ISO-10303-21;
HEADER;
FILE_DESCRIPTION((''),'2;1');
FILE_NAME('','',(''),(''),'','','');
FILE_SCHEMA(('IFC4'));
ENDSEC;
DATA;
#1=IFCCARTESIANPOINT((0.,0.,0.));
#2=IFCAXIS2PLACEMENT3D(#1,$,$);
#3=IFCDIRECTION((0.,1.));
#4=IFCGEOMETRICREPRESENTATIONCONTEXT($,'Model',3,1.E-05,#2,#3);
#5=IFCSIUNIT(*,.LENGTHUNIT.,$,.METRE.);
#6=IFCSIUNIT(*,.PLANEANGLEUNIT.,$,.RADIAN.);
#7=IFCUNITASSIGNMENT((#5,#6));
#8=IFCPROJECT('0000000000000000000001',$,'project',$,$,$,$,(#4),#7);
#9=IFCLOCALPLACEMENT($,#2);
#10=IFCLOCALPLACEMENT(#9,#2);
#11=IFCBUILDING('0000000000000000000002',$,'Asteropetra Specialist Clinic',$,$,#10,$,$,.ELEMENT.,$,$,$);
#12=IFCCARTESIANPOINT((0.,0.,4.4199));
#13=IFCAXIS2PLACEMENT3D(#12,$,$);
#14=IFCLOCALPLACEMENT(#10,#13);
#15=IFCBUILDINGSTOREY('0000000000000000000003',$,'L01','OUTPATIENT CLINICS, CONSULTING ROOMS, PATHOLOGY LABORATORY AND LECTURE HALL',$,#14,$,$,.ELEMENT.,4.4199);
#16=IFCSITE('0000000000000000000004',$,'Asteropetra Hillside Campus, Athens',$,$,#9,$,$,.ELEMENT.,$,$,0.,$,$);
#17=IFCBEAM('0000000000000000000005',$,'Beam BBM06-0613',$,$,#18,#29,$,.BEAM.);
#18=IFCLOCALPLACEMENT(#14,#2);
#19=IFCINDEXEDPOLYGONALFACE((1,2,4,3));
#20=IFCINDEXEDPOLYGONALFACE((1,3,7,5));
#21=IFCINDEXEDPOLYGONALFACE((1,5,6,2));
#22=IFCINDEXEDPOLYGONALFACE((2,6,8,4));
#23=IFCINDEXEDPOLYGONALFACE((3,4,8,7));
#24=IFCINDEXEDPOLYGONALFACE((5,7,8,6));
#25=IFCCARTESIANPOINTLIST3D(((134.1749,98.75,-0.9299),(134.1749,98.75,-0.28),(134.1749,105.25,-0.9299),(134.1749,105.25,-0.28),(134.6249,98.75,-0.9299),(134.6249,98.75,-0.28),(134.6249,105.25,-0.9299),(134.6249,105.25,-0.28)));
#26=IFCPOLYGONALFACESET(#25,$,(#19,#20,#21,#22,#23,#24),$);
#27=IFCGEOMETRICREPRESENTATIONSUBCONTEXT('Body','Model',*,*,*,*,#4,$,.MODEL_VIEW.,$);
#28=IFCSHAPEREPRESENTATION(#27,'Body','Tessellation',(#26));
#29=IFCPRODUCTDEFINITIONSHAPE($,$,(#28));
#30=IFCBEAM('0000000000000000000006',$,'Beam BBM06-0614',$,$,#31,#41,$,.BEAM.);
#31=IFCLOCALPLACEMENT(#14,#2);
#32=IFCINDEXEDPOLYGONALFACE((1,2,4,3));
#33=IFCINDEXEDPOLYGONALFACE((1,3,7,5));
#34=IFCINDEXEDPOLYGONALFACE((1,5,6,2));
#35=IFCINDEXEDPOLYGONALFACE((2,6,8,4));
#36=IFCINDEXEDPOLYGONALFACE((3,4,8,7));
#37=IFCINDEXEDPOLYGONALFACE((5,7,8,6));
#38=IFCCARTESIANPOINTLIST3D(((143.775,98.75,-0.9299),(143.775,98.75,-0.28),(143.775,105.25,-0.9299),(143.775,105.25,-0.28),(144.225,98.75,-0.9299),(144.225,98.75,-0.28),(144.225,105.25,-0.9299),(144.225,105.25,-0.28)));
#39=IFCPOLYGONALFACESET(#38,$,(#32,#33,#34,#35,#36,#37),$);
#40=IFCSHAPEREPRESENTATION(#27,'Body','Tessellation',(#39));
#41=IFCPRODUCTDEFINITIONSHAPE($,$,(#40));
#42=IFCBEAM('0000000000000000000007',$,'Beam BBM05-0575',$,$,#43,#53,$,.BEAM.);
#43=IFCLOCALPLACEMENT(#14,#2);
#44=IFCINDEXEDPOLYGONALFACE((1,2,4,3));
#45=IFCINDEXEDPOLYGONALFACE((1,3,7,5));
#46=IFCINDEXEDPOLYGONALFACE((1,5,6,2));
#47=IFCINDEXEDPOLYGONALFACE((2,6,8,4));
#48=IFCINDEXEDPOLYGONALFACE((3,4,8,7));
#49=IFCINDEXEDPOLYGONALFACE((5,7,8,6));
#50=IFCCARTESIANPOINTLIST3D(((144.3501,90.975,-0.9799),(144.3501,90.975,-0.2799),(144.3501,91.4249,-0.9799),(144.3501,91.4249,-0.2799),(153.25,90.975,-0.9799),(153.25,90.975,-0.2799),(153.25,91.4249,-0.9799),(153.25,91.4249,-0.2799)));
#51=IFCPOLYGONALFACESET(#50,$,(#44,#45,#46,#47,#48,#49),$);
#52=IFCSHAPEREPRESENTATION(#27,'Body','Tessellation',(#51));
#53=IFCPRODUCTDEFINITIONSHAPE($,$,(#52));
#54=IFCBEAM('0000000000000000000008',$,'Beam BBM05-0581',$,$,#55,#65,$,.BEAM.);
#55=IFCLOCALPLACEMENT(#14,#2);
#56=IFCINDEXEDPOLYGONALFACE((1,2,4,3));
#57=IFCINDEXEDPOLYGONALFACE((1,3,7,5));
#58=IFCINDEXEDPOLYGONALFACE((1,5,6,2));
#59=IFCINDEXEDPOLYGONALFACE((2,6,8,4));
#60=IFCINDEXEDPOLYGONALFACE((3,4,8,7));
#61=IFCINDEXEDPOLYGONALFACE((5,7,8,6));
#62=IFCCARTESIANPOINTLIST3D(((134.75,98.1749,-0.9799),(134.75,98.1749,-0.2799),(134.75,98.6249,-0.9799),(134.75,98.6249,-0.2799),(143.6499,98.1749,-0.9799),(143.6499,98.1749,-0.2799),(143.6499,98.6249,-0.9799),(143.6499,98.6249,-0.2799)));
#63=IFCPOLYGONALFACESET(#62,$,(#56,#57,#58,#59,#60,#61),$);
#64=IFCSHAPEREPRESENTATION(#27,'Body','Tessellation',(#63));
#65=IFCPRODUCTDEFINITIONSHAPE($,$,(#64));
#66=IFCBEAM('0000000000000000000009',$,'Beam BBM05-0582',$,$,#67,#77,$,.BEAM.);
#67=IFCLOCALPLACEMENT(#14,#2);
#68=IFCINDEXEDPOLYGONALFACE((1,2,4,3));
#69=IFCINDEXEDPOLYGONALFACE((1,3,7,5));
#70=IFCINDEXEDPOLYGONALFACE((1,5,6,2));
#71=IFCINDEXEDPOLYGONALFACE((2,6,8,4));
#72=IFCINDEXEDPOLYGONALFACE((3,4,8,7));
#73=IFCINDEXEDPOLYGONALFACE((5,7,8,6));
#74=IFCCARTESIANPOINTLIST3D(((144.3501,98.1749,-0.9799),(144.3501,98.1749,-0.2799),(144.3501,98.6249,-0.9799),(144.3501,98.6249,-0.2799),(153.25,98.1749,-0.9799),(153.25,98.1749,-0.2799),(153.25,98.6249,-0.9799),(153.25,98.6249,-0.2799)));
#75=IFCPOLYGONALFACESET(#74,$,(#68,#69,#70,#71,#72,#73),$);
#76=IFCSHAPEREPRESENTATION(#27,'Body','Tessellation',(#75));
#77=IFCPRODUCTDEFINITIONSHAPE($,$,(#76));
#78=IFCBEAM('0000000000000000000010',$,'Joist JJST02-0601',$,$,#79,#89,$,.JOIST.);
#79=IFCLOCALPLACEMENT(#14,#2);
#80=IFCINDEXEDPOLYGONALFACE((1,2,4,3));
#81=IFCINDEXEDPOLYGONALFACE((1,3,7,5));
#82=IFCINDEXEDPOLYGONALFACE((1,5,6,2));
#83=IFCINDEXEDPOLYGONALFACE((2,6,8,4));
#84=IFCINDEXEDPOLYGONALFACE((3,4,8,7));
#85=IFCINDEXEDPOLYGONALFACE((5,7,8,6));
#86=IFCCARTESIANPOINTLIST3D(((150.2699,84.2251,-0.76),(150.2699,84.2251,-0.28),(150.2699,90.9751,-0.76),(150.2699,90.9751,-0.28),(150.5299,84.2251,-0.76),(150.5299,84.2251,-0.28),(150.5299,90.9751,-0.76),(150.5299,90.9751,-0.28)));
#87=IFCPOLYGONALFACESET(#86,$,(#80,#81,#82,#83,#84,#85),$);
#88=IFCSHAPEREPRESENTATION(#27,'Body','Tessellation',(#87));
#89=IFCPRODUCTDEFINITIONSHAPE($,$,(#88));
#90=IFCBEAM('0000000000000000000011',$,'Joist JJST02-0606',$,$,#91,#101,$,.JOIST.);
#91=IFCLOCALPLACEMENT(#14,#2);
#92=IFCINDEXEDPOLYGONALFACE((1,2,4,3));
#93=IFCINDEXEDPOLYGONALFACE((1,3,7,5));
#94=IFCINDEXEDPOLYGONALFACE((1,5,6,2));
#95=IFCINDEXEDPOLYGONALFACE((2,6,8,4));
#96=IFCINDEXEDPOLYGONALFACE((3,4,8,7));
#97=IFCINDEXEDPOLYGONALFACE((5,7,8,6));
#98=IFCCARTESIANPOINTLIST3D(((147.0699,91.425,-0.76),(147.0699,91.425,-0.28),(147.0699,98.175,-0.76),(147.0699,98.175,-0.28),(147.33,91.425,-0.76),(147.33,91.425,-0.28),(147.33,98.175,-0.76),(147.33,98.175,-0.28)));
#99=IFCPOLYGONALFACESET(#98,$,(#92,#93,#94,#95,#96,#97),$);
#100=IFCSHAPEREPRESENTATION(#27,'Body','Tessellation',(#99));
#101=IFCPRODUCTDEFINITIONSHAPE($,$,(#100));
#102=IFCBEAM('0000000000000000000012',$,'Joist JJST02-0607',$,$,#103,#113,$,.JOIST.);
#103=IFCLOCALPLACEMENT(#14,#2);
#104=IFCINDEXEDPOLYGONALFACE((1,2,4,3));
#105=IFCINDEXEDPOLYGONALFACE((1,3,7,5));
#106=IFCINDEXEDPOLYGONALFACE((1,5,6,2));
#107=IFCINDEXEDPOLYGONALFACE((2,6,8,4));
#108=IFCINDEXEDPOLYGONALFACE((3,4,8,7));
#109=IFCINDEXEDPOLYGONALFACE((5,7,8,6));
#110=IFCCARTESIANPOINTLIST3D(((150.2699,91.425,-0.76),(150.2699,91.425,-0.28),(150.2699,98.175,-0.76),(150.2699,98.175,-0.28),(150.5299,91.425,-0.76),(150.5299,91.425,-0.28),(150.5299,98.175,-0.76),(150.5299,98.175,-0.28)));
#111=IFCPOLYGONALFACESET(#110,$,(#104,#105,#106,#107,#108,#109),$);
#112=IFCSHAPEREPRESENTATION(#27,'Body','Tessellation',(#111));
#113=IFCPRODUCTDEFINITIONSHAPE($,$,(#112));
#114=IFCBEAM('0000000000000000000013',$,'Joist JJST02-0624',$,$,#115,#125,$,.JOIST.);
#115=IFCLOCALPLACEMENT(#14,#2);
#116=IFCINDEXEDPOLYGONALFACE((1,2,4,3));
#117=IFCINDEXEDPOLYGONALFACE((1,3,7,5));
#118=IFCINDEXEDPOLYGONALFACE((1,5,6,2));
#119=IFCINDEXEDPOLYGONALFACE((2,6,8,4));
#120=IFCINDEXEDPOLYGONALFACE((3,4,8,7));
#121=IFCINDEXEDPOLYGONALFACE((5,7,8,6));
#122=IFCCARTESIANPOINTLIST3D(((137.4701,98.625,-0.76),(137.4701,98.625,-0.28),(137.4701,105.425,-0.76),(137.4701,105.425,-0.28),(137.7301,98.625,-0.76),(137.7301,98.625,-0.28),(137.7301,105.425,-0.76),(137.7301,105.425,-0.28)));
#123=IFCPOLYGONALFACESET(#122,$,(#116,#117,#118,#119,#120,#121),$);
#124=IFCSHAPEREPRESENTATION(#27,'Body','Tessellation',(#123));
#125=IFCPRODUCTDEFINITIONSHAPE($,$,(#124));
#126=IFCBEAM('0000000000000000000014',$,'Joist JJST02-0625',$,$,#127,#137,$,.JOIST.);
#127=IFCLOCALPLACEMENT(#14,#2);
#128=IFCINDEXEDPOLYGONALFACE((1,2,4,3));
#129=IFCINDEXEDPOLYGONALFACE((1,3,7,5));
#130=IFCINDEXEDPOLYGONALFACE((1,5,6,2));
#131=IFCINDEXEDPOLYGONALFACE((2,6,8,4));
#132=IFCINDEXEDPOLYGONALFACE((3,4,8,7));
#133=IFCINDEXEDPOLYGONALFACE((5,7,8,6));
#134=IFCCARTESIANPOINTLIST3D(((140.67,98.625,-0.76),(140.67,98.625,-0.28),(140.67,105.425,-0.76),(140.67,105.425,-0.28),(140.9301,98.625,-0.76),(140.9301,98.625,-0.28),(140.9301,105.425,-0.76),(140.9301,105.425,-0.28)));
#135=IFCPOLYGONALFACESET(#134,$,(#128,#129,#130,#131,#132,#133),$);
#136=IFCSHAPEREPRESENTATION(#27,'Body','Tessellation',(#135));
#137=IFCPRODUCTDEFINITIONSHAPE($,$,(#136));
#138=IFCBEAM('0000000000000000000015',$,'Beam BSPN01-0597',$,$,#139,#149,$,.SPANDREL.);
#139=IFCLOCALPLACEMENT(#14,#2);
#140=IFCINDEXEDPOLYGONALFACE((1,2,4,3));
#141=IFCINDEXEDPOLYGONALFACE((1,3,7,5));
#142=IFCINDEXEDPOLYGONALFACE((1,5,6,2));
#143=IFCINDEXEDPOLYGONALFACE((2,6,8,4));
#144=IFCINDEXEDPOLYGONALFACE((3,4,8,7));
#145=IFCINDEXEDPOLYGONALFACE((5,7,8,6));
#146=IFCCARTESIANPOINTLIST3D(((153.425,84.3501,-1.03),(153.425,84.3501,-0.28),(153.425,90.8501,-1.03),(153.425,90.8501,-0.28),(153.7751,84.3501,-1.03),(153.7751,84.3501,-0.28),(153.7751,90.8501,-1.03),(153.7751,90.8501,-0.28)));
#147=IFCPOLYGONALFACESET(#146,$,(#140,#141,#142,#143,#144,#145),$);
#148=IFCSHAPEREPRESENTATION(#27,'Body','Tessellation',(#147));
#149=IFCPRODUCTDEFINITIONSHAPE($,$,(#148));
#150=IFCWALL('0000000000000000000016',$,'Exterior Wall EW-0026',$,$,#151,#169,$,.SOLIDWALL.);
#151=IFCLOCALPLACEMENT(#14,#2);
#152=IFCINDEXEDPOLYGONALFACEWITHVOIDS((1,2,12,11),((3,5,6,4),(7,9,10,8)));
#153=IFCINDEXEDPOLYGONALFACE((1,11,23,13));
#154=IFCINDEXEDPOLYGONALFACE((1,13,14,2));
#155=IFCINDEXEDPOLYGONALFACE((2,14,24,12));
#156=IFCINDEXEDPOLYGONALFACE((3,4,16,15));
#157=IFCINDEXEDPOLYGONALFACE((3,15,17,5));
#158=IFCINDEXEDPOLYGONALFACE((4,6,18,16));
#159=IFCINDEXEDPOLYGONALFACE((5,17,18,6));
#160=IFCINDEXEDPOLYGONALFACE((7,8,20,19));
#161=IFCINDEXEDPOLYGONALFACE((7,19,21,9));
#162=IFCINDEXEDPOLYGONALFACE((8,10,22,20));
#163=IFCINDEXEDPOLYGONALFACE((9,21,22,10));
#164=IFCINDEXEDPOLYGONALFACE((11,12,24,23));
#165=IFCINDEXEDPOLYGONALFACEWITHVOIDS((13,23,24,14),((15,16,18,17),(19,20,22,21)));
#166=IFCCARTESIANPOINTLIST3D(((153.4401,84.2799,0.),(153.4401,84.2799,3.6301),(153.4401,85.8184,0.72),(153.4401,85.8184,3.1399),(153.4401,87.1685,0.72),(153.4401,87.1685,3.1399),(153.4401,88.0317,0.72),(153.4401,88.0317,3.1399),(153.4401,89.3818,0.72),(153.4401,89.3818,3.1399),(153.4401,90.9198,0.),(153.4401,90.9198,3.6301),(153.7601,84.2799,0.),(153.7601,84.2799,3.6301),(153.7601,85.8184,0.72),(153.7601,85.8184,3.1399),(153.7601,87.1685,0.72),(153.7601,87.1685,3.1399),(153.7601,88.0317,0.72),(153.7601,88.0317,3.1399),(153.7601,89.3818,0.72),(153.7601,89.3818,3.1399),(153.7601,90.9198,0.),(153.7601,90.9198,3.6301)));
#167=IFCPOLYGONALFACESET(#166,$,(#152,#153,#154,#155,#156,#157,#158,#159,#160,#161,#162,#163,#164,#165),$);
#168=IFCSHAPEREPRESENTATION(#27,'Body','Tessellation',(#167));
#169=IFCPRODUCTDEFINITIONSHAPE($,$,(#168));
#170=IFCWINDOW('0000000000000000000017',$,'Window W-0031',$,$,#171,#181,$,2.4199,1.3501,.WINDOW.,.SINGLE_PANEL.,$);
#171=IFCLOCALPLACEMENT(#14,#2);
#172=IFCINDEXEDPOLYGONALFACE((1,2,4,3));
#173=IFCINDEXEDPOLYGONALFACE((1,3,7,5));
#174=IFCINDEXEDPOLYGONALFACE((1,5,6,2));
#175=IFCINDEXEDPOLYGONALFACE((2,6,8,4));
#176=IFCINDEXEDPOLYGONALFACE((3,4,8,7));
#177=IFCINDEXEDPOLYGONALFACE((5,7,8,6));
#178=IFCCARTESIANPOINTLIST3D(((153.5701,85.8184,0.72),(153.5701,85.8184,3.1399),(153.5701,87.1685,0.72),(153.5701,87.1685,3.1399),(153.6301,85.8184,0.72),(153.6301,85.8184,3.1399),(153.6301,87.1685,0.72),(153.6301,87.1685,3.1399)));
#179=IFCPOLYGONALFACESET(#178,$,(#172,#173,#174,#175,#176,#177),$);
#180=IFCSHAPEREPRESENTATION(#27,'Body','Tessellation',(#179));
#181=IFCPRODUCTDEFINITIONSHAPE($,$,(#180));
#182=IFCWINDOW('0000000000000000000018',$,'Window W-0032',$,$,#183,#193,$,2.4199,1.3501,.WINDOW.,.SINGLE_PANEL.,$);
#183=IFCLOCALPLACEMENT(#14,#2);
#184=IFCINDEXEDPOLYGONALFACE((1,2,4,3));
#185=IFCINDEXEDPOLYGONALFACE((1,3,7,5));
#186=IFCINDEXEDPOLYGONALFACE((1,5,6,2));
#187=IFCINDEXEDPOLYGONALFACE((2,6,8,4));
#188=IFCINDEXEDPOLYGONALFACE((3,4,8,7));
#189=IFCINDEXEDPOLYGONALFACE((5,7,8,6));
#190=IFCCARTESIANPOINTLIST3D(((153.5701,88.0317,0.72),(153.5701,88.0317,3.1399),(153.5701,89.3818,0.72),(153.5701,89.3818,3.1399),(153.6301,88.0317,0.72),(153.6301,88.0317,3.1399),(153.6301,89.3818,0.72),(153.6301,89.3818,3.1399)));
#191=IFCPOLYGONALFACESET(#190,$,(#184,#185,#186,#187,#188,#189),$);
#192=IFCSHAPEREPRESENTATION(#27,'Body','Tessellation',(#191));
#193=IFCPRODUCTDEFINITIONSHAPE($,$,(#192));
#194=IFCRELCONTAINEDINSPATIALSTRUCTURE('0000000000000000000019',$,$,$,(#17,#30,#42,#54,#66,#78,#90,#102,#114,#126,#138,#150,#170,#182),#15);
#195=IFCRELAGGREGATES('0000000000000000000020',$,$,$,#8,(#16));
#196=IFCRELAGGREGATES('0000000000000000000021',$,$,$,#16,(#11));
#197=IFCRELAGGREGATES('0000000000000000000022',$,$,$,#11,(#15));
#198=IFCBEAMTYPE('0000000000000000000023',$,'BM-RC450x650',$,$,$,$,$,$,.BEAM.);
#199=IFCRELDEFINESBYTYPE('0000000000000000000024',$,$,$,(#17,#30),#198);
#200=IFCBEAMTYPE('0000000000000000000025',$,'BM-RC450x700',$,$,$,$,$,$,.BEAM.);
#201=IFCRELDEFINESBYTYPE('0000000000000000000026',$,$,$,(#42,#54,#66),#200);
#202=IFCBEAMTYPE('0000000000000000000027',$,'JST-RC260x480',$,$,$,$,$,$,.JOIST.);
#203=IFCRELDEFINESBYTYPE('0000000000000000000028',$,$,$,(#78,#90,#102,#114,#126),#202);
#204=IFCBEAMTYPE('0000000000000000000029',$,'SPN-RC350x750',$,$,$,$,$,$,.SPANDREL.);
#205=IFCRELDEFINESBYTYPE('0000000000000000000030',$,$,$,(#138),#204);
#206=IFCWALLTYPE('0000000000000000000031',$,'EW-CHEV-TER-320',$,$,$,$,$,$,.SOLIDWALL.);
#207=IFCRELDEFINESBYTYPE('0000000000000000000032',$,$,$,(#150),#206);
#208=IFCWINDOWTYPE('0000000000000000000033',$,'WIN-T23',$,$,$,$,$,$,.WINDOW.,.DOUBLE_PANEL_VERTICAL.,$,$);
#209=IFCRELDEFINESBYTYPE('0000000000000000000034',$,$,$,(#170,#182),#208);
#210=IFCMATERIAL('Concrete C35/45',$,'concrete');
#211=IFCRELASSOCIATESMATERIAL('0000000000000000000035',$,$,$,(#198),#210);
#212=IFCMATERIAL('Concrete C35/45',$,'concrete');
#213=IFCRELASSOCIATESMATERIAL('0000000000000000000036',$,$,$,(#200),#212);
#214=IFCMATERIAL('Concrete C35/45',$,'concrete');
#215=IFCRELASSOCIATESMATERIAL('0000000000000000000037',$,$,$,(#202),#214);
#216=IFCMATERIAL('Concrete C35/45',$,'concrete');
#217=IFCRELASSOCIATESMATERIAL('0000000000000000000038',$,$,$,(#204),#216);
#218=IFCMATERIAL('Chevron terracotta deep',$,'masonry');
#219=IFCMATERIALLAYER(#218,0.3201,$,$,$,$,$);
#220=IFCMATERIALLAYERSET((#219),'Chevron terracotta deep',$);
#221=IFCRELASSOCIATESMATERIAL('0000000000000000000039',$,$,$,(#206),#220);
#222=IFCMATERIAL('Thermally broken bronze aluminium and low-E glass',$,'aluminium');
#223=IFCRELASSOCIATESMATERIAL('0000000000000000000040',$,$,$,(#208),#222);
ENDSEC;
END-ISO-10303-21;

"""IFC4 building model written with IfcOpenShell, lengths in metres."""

from ifc_helpers import new_model, si_unit, direction, frame, frame_2d, origin, origin_2d, place, context, subcontext, project, spatial, rectangle, extrude, material, layer, layer_set, material_profile, profile_set, type_object, element, fill, save


model = new_model("IFC4")

# Units and contexts
model_context = context("Model", 3, precision=1e-05, world=origin(), true_north=direction((0.0, 1.0)))
body_context = subcontext(model_context, "Body", "Model", "MODEL_VIEW")
ifc_project = project(units=[si_unit("LENGTHUNIT", "METRE"), si_unit("PLANEANGLEUNIT", "RADIAN")], contexts=[model_context])

# Site, building, storey
site_placement = place(None, origin())
site = spatial("IfcSite", under=ifc_project, at=site_placement, Name="Asteropetra Hillside Campus, Athens", CompositionType="ELEMENT", RefElevation=0.0)
building_placement = place(site_placement, origin())
building = spatial("IfcBuilding", under=site, at=building_placement, Name="Asteropetra Specialist Clinic", CompositionType="ELEMENT")
storey_placement = place(building_placement, frame((0.0, 0.0, 4.4199)))
storey = spatial("IfcBuildingStorey", under=building, at=storey_placement, Name="L01", Description="OUTPATIENT CLINICS, CONSULTING ROOMS, PATHOLOGY LABORATORY AND LECTURE HALL", CompositionType="ELEMENT", Elevation=4.4199)

# Beams
ifc_material_1 = material(Name="Concrete C35/45", Category="concrete")
ifc_material_profile_1 = material_profile(ifc_material_1, rectangle(XDim=0.45, YDim=0.6499, at=origin_2d()), Name="RCB 450x650")
ifc_profile_set_1 = profile_set([ifc_material_profile_1], Name="Concrete C35/45")
beam_type_1 = type_object("IfcBeamType", Name="BM-RC450x650", PredefinedType="BEAM", material=ifc_profile_set_1)
for number, where, z_axis, x_axis, name in (
    (1, (134.3999, 98.75, -0.605), (0.0, 1.0, 0.0), (-1.0, 0.0, 0.0), "Beam BBM06-0613"),
    (2, (144.0, 98.75, -0.605), (0.0, 1.0, 0.0), (-1.0, 0.0, 0.0), "Beam BBM06-0614"),
):
    element("IfcBeam", number, at=place(storey_placement, frame(where, z_axis=z_axis, x_axis=x_axis)), inside=storey, type_object=beam_type_1, Name=name, PredefinedType="BEAM", context=body_context, shape_type="SweptSolid", body=[
        extrude(rectangle(XDim=0.45, YDim=0.6499, at=origin_2d()), origin(), (0.0, 0.0, 1.0), 6.5),
    ])
ifc_material_2 = material(Name="Concrete C35/45", Category="concrete")
ifc_material_profile_2 = material_profile(ifc_material_2, rectangle(XDim=0.45, YDim=0.7, at=origin_2d()), Name="RCB 450x700")
ifc_profile_set_2 = profile_set([ifc_material_profile_2], Name="Concrete C35/45")
beam_type_2 = type_object("IfcBeamType", Name="BM-RC450x700", PredefinedType="BEAM", material=ifc_profile_set_2)
for number, where, z_axis, x_axis, name in (
    (3, (144.3501, 91.2, -0.6299), (1.0, 0.0, 0.0), (0.0, 1.0, 0.0), "Beam BBM05-0575"),
    (4, (134.75, 98.3999, -0.6299), (1.0, 0.0, 0.0), (0.0, 1.0, 0.0), "Beam BBM05-0581"),
    (5, (144.3501, 98.3999, -0.6299), (1.0, 0.0, 0.0), (0.0, 1.0, 0.0), "Beam BBM05-0582"),
):
    element("IfcBeam", number, at=place(storey_placement, frame(where, z_axis=z_axis, x_axis=x_axis)), inside=storey, type_object=beam_type_2, Name=name, PredefinedType="BEAM", context=body_context, shape_type="SweptSolid", body=[
        extrude(rectangle(XDim=0.45, YDim=0.7, at=origin_2d()), origin(), (0.0, 0.0, 1.0), 8.8999),
    ])
ifc_material_3 = material(Name="Concrete C35/45", Category="concrete")
ifc_material_profile_3 = material_profile(ifc_material_3, rectangle(XDim=0.26, YDim=0.48, at=origin_2d()), Name="RCJ 260x480")
ifc_profile_set_3 = profile_set([ifc_material_profile_3], Name="Concrete C35/45")
beam_type_3 = type_object("IfcBeamType", Name="JST-RC260x480", PredefinedType="JOIST", material=ifc_profile_set_3)
for number, where, z_axis, x_axis, name in (
    (6, (150.3999, 84.2251, -0.52), (0.0, 1.0, 0.0), (-1.0, 0.0, 0.0), "Joist JJST02-0601"),
    (7, (147.2, 91.425, -0.52), (0.0, 1.0, 0.0), (-1.0, 0.0, 0.0), "Joist JJST02-0606"),
    (8, (150.3999, 91.425, -0.52), (0.0, 1.0, 0.0), (-1.0, 0.0, 0.0), "Joist JJST02-0607"),
):
    element("IfcBeam", number, at=place(storey_placement, frame(where, z_axis=z_axis, x_axis=x_axis)), inside=storey, type_object=beam_type_3, Name=name, PredefinedType="JOIST", context=body_context, shape_type="SweptSolid", body=[
        extrude(rectangle(XDim=0.26, YDim=0.48, at=origin_2d()), origin(), (0.0, 0.0, 1.0), 6.75),
    ])
for number, where, z_axis, x_axis, name in (
    (9, (137.6001, 98.625, -0.52), (0.0, 1.0, 0.0), (-1.0, 0.0, 0.0), "Joist JJST02-0624"),
    (10, (140.8, 98.625, -0.52), (0.0, 1.0, 0.0), (-1.0, 0.0, 0.0), "Joist JJST02-0625"),
):
    element("IfcBeam", number, at=place(storey_placement, frame(where, z_axis=z_axis, x_axis=x_axis)), inside=storey, type_object=beam_type_3, Name=name, PredefinedType="JOIST", context=body_context, shape_type="SweptSolid", body=[
        extrude(rectangle(XDim=0.26, YDim=0.48, at=origin_2d()), origin(), (0.0, 0.0, 1.0), 6.8),
    ])
ifc_material_4 = material(Name="Concrete C35/45", Category="concrete")
ifc_material_profile_4 = material_profile(ifc_material_4, rectangle(XDim=0.3501, YDim=0.75, at=origin_2d()), Name="RCS 350x750")
ifc_profile_set_4 = profile_set([ifc_material_profile_4], Name="Concrete C35/45")
beam_type_4 = type_object("IfcBeamType", Name="SPN-RC350x750", PredefinedType="SPANDREL", material=ifc_profile_set_4)
beam_placement = place(storey_placement, frame((153.6001, 84.3501, -0.655), z_axis=(0.0, 1.0, 0.0), x_axis=(-1.0, 0.0, 0.0)))
element("IfcBeam", 11, at=beam_placement, inside=storey, type_object=beam_type_4, Name="Beam BSPN01-0597", PredefinedType="SPANDREL", context=body_context, shape_type="SweptSolid", body=[
    extrude(rectangle(XDim=0.3501, YDim=0.75, at=origin_2d()), origin(), (0.0, 0.0, 1.0), 6.5),
])

# Wall, openings, windows
ifc_material_5 = material(Name="Chevron terracotta deep", Category="masonry")
ifc_layer_1 = layer(ifc_material_5, 0.3201)
ifc_layer_set_1 = layer_set([ifc_layer_1], Name="Chevron terracotta deep")
wall_type_1 = type_object("IfcWallType", Name="EW-CHEV-TER-320", PredefinedType="SOLIDWALL", material=ifc_layer_set_1)
wall_1_placement = place(storey_placement, frame((153.6001, 84.28, 0.0), z_axis=(0.0, 0.0, 1.0), x_axis=(0.0, 1.0, 0.0)))
wall_1 = element("IfcWall", 12, at=wall_1_placement, inside=storey, type_object=wall_type_1, Name="Exterior Wall EW-0026", PredefinedType="SOLIDWALL", context=body_context, shape_type="SweptSolid", body=[
    extrude(rectangle(XDim=6.6399, YDim=0.3201, at=frame_2d((3.3198, 0.0))), origin(), (0.0, 0.0, 1.0), 3.6301),
])
opening_1_placement = place(wall_1_placement, frame((1.5383, 0.0, 0.72)))
opening_1 = element("IfcOpeningElement", 13, at=opening_1_placement, cuts=wall_1, PredefinedType="OPENING", context=body_context, shape_type="SweptSolid", body=[
    extrude(rectangle(XDim=1.3501, YDim=2.4199, at=frame_2d((0.675, 1.21))), frame((0.0, 0.1699, 0.0), z_axis=(0.0, -1.0, 0.0), x_axis=(1.0, 0.0, 0.0)), (0.0, 0.0, 1.0), 0.3401),
])
opening_2_placement = place(wall_1_placement, frame((3.7517, 0.0, 0.72)))
opening_2 = element("IfcOpeningElement", 14, at=opening_2_placement, cuts=wall_1, PredefinedType="OPENING", context=body_context, shape_type="SweptSolid", body=[
    extrude(rectangle(XDim=1.3501, YDim=2.4199, at=frame_2d((0.675, 1.21))), frame((0.0, 0.1699, 0.0), z_axis=(0.0, -1.0, 0.0), x_axis=(1.0, 0.0, 0.0)), (0.0, 0.0, 1.0), 0.3401),
])
ifc_material_6 = material(Name="Thermally broken bronze aluminium and low-E glass", Category="aluminium")
window_type = type_object("IfcWindowType", Name="WIN-T23", PartitioningType="DOUBLE_PANEL_VERTICAL", PredefinedType="WINDOW", material=ifc_material_6)
window_1_placement = place(opening_1_placement, origin())
window_1 = element("IfcWindow", 15, at=window_1_placement, inside=storey, type_object=window_type, Name="Window W-0031", OverallHeight=2.4199, OverallWidth=1.3501, PartitioningType="SINGLE_PANEL", PredefinedType="WINDOW", context=body_context, shape_type="SweptSolid", body=[
    extrude(rectangle(XDim=1.3501, YDim=2.4199, at=frame_2d((0.675, 1.21))), frame((0.0, 0.03, 0.0), z_axis=(0.0, -1.0, 0.0), x_axis=(1.0, 0.0, 0.0)), (0.0, 0.0, 1.0), 0.0601),
])
fill(opening_1, window_1)
window_2_placement = place(opening_2_placement, origin())
window_2 = element("IfcWindow", 16, at=window_2_placement, inside=storey, type_object=window_type, Name="Window W-0032", OverallHeight=2.4199, OverallWidth=1.3501, PartitioningType="SINGLE_PANEL", PredefinedType="WINDOW", context=body_context, shape_type="SweptSolid", body=[
    extrude(rectangle(XDim=1.3501, YDim=2.4199, at=frame_2d((0.675, 1.21))), frame((0.0, 0.03, 0.0), z_axis=(0.0, -1.0, 0.0), x_axis=(1.0, 0.0, 0.0)), (0.0, 0.0, 1.0), 0.0601),
])
fill(opening_2, window_2)

save(model, "model.ifc")
